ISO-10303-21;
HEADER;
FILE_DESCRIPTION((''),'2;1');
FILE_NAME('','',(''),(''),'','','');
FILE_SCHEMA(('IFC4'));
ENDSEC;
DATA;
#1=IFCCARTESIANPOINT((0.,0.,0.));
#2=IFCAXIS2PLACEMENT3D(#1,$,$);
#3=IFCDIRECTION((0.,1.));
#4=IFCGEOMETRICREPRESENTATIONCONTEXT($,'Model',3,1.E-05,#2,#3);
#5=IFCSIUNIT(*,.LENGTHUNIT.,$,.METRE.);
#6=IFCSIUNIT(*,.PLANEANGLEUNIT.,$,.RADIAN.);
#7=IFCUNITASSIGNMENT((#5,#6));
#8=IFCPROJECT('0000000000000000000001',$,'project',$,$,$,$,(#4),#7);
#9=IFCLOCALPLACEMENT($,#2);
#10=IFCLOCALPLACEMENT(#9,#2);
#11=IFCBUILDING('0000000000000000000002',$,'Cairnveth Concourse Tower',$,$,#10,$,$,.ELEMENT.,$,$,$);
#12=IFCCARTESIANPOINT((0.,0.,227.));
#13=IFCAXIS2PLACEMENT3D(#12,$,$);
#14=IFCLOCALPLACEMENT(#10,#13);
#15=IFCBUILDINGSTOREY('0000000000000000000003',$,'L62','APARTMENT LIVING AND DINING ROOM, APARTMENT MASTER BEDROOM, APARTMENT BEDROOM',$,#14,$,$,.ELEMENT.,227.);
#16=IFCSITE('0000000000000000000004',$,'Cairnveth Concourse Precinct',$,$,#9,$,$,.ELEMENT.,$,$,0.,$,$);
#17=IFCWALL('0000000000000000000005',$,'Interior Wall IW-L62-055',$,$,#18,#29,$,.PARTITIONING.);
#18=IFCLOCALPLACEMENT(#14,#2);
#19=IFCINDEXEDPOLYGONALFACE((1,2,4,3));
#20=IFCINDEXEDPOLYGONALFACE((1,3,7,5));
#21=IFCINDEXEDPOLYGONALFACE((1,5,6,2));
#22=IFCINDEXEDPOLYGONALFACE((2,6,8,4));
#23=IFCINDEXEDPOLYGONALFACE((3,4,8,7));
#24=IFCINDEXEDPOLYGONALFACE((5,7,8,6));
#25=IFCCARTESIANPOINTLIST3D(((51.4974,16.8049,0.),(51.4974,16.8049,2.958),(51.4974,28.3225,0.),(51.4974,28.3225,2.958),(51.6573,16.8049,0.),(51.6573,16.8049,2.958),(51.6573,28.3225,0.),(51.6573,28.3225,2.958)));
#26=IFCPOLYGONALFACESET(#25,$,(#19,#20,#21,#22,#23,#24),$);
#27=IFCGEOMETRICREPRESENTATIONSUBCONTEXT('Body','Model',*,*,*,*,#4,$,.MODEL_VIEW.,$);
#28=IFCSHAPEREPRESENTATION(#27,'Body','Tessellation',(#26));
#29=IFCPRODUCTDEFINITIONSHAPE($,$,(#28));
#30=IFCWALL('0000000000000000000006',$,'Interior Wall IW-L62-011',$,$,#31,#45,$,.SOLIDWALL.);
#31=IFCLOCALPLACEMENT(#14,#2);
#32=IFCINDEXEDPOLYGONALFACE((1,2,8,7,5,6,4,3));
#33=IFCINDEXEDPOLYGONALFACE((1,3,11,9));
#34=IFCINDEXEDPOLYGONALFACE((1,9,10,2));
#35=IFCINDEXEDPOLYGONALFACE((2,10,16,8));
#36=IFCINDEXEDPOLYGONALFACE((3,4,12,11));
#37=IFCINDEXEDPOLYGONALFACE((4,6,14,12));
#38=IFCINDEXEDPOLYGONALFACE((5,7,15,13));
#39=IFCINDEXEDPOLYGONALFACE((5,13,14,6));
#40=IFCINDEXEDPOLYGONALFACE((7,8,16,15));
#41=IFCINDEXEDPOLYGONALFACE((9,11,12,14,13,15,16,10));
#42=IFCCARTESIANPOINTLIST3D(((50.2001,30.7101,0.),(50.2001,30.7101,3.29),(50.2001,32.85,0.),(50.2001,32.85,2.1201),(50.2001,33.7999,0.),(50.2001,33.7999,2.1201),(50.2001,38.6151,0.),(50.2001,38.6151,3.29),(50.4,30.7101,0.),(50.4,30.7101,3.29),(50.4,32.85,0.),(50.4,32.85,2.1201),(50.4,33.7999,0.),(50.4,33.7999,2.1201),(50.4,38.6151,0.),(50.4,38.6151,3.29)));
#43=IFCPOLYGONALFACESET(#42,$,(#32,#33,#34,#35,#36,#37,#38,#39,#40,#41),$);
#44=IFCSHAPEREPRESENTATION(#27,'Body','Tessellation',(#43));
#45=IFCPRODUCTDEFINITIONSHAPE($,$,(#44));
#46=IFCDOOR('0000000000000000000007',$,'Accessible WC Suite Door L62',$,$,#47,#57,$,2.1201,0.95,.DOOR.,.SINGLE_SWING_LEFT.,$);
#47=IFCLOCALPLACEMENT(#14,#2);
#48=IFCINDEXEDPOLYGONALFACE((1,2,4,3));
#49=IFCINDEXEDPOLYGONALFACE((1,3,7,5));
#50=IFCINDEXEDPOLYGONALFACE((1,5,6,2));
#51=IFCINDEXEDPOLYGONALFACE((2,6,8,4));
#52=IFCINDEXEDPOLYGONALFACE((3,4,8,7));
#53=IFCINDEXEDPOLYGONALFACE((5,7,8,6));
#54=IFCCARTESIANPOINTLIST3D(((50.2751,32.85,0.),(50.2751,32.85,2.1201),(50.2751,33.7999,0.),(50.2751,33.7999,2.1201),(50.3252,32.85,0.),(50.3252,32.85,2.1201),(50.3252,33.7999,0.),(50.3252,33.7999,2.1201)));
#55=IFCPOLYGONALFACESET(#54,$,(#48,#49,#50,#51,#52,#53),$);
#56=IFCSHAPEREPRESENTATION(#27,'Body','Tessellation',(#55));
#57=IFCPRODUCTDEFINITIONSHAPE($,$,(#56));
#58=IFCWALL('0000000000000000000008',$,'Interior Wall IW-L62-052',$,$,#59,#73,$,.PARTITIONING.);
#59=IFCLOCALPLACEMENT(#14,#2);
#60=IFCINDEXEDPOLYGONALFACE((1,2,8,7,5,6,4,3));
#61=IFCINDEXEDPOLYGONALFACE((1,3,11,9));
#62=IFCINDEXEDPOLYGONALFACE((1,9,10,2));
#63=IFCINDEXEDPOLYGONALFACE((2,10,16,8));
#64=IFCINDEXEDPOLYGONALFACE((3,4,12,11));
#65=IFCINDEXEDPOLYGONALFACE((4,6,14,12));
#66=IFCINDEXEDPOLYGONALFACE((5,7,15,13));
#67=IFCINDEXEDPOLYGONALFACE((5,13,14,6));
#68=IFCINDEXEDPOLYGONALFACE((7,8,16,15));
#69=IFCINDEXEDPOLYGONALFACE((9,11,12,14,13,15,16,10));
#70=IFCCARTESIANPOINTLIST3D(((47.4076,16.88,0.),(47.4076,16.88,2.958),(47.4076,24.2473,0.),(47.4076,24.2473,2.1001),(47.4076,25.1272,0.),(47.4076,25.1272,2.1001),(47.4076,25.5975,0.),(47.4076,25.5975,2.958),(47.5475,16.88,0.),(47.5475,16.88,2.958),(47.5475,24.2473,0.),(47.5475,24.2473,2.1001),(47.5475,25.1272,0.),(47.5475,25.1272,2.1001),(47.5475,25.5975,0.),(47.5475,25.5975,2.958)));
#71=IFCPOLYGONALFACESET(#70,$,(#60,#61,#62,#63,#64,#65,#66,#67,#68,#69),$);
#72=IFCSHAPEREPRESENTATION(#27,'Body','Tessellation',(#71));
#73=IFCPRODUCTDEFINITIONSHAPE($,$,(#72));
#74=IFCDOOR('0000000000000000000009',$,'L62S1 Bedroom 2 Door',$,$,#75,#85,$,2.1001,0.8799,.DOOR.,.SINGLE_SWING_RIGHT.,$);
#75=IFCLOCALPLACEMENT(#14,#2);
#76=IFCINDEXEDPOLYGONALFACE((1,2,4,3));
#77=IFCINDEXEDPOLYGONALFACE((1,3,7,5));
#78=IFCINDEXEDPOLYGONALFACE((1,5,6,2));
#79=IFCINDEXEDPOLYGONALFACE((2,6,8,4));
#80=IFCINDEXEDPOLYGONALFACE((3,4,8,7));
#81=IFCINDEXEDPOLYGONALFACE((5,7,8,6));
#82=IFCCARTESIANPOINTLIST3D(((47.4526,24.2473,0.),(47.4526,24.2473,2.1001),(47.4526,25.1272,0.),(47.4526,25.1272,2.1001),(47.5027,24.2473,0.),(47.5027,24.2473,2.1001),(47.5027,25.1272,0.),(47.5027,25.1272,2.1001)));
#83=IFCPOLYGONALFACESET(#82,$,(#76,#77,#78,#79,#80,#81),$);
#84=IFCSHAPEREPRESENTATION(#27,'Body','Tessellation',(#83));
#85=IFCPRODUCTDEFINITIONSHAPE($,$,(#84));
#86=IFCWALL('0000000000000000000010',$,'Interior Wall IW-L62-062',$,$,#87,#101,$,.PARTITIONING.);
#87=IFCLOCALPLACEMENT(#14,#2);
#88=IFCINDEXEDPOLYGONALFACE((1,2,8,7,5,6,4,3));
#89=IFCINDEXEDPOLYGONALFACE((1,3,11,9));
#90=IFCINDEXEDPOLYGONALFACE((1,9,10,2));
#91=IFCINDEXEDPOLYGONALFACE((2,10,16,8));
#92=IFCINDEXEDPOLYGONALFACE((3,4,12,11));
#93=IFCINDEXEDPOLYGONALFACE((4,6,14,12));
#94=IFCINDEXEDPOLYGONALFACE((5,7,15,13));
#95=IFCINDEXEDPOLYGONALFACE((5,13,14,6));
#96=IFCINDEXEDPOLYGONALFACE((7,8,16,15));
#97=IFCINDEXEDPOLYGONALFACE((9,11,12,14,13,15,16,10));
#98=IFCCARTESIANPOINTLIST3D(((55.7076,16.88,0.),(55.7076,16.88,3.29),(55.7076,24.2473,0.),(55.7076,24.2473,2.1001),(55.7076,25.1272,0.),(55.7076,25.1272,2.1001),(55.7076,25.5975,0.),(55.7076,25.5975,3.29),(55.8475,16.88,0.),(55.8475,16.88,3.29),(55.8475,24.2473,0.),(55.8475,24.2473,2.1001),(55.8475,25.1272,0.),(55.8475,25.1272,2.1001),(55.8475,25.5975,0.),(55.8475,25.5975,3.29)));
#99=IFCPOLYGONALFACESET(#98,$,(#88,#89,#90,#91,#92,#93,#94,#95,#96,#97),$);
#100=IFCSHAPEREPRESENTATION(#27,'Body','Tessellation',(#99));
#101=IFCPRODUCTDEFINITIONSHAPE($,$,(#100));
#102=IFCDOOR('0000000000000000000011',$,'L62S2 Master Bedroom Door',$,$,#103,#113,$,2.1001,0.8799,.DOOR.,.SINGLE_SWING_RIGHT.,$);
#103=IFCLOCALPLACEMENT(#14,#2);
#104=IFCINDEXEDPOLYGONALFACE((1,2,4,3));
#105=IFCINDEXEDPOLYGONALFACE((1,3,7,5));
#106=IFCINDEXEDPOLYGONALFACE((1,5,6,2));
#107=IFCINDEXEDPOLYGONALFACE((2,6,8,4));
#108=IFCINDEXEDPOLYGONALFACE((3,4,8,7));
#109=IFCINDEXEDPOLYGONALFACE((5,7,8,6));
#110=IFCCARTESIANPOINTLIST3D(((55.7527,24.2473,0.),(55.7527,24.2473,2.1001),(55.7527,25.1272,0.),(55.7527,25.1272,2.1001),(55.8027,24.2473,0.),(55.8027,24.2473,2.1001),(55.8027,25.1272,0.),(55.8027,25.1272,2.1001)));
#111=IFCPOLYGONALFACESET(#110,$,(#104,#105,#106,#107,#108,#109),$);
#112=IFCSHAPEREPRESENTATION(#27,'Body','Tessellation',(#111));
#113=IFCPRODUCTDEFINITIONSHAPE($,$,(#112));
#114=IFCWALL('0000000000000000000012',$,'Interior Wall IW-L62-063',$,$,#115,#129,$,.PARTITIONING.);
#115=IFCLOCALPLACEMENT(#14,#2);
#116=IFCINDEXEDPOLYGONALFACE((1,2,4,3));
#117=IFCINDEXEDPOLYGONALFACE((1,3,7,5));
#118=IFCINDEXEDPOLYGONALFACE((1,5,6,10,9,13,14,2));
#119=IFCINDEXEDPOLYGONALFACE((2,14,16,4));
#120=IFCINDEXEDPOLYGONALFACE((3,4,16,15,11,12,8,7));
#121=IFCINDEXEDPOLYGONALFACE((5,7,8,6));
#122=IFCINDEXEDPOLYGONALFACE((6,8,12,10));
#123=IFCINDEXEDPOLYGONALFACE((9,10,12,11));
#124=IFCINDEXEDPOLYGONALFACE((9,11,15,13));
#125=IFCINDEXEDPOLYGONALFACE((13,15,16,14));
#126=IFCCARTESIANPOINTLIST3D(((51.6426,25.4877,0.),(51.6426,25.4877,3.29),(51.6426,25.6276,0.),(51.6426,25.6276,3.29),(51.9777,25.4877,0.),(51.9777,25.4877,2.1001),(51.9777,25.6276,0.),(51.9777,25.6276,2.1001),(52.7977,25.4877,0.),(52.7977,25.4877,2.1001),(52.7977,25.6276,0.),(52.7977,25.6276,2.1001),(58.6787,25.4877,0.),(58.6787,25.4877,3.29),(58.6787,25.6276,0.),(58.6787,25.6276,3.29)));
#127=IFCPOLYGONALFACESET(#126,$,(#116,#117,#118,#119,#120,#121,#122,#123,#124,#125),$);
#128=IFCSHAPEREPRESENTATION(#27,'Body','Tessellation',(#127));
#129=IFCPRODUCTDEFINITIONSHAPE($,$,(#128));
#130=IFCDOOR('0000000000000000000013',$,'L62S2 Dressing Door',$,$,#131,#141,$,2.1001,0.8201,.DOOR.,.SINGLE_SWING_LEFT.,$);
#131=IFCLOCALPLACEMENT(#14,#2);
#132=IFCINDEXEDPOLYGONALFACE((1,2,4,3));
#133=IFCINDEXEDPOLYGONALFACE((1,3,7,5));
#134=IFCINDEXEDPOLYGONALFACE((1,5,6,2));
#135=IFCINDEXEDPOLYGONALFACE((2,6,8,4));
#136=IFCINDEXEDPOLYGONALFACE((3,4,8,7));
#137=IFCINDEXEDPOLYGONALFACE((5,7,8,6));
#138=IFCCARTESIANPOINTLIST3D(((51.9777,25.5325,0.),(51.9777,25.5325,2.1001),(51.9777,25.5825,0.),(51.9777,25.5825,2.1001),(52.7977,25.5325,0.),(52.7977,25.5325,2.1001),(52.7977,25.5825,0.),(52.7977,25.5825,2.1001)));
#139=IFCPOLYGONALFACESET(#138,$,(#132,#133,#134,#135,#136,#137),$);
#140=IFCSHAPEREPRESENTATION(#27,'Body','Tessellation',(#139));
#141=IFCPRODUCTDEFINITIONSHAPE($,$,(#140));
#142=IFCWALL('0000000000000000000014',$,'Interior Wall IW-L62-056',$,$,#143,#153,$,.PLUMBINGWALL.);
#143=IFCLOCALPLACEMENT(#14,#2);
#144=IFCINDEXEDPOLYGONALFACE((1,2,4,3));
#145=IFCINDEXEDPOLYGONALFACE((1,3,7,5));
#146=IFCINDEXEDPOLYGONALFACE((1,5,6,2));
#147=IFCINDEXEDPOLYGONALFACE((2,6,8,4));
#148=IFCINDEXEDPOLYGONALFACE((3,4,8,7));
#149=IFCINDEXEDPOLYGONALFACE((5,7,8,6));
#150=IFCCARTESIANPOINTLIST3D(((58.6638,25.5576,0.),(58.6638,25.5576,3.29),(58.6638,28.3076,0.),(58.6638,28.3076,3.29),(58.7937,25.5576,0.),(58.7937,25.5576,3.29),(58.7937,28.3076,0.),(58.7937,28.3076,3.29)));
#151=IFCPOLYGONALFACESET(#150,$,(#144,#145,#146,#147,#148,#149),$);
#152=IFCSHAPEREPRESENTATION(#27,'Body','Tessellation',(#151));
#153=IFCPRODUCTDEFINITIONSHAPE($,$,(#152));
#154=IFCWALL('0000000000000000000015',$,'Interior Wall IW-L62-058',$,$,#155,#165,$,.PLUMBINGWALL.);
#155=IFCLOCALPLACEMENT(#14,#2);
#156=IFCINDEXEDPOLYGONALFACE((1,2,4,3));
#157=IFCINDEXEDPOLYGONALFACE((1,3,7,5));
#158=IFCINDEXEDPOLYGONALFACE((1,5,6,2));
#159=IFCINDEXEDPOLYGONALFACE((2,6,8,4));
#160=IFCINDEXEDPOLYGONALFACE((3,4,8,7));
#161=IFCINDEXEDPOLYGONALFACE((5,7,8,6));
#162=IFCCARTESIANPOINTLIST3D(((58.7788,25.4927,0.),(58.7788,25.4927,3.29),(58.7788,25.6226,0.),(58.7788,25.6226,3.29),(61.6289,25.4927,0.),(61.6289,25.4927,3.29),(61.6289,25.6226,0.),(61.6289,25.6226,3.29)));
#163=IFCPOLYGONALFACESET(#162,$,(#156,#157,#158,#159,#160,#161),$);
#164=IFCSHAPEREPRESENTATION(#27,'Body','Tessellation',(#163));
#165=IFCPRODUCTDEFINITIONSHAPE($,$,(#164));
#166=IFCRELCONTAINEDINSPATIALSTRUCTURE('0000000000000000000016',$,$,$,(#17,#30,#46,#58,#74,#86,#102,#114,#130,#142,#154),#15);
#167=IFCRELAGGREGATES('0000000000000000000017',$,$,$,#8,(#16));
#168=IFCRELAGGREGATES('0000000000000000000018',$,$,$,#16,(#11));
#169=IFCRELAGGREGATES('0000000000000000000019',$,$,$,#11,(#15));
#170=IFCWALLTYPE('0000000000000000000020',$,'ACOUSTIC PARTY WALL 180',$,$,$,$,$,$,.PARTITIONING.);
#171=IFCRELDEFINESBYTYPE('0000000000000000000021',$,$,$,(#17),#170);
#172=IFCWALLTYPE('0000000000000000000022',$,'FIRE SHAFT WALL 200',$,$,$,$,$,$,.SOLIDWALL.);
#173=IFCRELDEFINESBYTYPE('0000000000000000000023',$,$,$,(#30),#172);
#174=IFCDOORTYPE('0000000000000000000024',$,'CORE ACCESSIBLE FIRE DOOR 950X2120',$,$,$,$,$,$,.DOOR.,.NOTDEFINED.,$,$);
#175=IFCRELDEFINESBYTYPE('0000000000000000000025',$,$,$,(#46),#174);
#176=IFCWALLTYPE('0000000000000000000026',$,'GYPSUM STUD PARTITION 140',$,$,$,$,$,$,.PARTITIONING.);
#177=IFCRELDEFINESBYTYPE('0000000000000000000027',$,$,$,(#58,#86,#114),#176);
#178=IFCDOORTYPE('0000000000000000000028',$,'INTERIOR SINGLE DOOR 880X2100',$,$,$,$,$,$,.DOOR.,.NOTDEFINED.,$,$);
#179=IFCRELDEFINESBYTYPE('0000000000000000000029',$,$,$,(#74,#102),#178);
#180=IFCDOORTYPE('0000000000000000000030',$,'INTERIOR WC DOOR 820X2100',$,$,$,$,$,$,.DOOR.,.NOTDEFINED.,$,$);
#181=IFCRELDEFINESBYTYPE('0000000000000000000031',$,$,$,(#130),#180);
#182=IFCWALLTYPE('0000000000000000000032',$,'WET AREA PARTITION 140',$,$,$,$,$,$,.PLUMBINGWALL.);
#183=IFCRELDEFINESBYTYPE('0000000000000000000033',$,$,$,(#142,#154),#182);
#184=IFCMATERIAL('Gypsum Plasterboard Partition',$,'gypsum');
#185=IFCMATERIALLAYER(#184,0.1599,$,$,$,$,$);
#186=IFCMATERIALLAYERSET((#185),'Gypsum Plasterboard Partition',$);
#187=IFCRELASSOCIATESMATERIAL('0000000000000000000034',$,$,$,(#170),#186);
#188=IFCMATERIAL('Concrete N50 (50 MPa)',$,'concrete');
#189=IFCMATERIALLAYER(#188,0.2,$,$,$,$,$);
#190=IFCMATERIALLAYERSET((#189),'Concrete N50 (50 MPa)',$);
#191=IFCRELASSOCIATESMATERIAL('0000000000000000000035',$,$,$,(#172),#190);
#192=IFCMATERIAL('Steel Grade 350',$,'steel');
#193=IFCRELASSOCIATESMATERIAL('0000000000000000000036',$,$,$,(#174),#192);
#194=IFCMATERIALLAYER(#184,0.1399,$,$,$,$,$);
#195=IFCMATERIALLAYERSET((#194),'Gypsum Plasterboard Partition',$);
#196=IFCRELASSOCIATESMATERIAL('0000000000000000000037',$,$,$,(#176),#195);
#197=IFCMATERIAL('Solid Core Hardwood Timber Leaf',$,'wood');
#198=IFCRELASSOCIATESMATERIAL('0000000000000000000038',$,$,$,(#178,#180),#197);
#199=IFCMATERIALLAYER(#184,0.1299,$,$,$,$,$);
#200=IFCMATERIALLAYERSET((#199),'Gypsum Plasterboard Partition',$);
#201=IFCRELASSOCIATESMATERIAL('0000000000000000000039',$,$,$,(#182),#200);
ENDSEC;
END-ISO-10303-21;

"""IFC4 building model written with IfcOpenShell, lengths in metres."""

from ifc_helpers import new_model, si_unit, direction, frame, frame_2d, origin, place, context, subcontext, project, spatial, rectangle, extrude, material, layer, layer_set, type_object, element, fill, save


model = new_model("IFC4")

# Units and contexts
model_context = context("Model", 3, precision=1e-05, world=origin(), true_north=direction((0.0, 1.0)))
body_context = subcontext(model_context, "Body", "Model", "MODEL_VIEW")
ifc_project = project(units=[si_unit("LENGTHUNIT", "METRE"), si_unit("PLANEANGLEUNIT", "RADIAN")], contexts=[model_context])

# Site, building, storey
site_placement = place(None, origin())
site = spatial("IfcSite", under=ifc_project, at=site_placement, Name="Cairnveth Concourse Precinct", CompositionType="ELEMENT", RefElevation=0.0)
building_placement = place(site_placement, origin())
building = spatial("IfcBuilding", under=site, at=building_placement, Name="Cairnveth Concourse Tower", CompositionType="ELEMENT")
storey_placement = place(building_placement, frame((0.0, 0.0, 227.0)))
storey = spatial("IfcBuildingStorey", under=building, at=storey_placement, Name="L62", Description="APARTMENT LIVING AND DINING ROOM, APARTMENT MASTER BEDROOM, APARTMENT BEDROOM", CompositionType="ELEMENT", Elevation=227.0)

# Shared definitions
ifc_material_1 = material(Name="Steel Grade 350", Category="steel")

# Shared definitions
ifc_material_2 = material(Name="Gypsum Plasterboard Partition", Category="gypsum")
ifc_layer_1 = layer(ifc_material_2, 0.1599)
ifc_layer_set_1 = layer_set([ifc_layer_1], Name="Gypsum Plasterboard Partition")
wall_type_1 = type_object("IfcWallType", Name="ACOUSTIC PARTY WALL 180", PredefinedType="PARTITIONING", material=ifc_layer_set_1)

# Wall
wall_1_placement = place(storey_placement, frame((51.5774, 16.8049, 0.0), z_axis=(0.0, 0.0, 1.0), x_axis=(0.0, 1.0, 0.0)))
element("IfcWall", 1, at=wall_1_placement, inside=storey, type_object=wall_type_1, Name="Interior Wall IW-L62-055", PredefinedType="PARTITIONING", context=body_context, shape_type="SweptSolid", body=[
    extrude(rectangle(XDim=11.5176, YDim=0.1599, at=frame_2d((5.7588, 0.0))), origin(), (0.0, 0.0, 1.0), 2.958),
])

# Walls, openings, doors
ifc_material_3 = material(Name="Concrete N50 (50 MPa)", Category="concrete")
ifc_layer_2 = layer(ifc_material_3, 0.2)
ifc_layer_set_2 = layer_set([ifc_layer_2], Name="Concrete N50 (50 MPa)")
wall_type_2 = type_object("IfcWallType", Name="FIRE SHAFT WALL 200", PredefinedType="SOLIDWALL", material=ifc_layer_set_2)
wall_2_placement = place(storey_placement, frame((50.3, 30.71, 0.0), z_axis=(0.0, 0.0, 1.0), x_axis=(0.0, 1.0, 0.0)))
wall_2 = element("IfcWall", 2, at=wall_2_placement, inside=storey, type_object=wall_type_2, Name="Interior Wall IW-L62-011", PredefinedType="SOLIDWALL", context=body_context, shape_type="SweptSolid", body=[
    extrude(rectangle(XDim=7.905, YDim=0.2, at=frame_2d((3.9526, 0.0))), origin(), (0.0, 0.0, 1.0), 3.29),
])
opening_1_placement = place(wall_2_placement, frame((2.1399, 0.0, 0.0)))
opening_1 = element("IfcOpeningElement", 3, at=opening_1_placement, cuts=wall_2, PredefinedType="OPENING", context=body_context, shape_type="SweptSolid", body=[
    extrude(rectangle(XDim=0.95, YDim=2.1201, at=frame_2d((0.4751, 1.0601))), frame((0.0, 0.1099, 0.0), z_axis=(0.0, -1.0, 0.0), x_axis=(1.0, 0.0, 0.0)), (0.0, 0.0, 1.0), 0.22),
])
door_type_1 = type_object("IfcDoorType", Name="CORE ACCESSIBLE FIRE DOOR 950X2120", OperationType="NOTDEFINED", PredefinedType="DOOR", material=ifc_material_1)
door_1_placement = place(opening_1_placement, origin())
door_1 = element("IfcDoor", 4, at=door_1_placement, inside=storey, type_object=door_type_1, Name="Accessible WC Suite Door L62", OperationType="SINGLE_SWING_LEFT", OverallHeight=2.1201, OverallWidth=0.95, PredefinedType="DOOR", context=body_context, shape_type="SweptSolid", body=[
    extrude(rectangle(XDim=0.95, YDim=2.1201, at=frame_2d((0.4751, 1.0601))), frame((0.0, 0.0249, 0.0), z_axis=(0.0, -1.0, 0.0), x_axis=(1.0, 0.0, 0.0)), (0.0, 0.0, 1.0), 0.05),
])
fill(opening_1, door_1)
ifc_layer_3 = layer(ifc_material_2, 0.1399)
ifc_layer_set_3 = layer_set([ifc_layer_3], Name="Gypsum Plasterboard Partition")
wall_type_3 = type_object("IfcWallType", Name="GYPSUM STUD PARTITION 140", PredefinedType="PARTITIONING", material=ifc_layer_set_3)
wall_3_placement = place(storey_placement, frame((47.4775, 16.8799, 0.0), z_axis=(0.0, 0.0, 1.0), x_axis=(0.0, 1.0, 0.0)))
wall_3 = element("IfcWall", 5, at=wall_3_placement, inside=storey, type_object=wall_type_3, Name="Interior Wall IW-L62-052", PredefinedType="PARTITIONING", context=body_context, shape_type="SweptSolid", body=[
    extrude(rectangle(XDim=8.7175, YDim=0.1399, at=frame_2d((4.3589, 0.0))), origin(), (0.0, 0.0, 1.0), 2.958),
])
opening_2_placement = place(wall_3_placement, frame((7.3674, 0.0, 0.0)))
opening_2 = element("IfcOpeningElement", 6, at=opening_2_placement, cuts=wall_3, PredefinedType="OPENING", context=body_context, shape_type="SweptSolid", body=[
    extrude(rectangle(XDim=0.8799, YDim=2.1001, at=frame_2d((0.4399, 1.05))), frame((0.0, 0.0798, 0.0), z_axis=(0.0, -1.0, 0.0), x_axis=(1.0, 0.0, 0.0)), (0.0, 0.0, 1.0), 0.1599),
])
ifc_material_4 = material(Name="Solid Core Hardwood Timber Leaf", Category="wood")
door_type_2 = type_object("IfcDoorType", Name="INTERIOR SINGLE DOOR 880X2100", OperationType="NOTDEFINED", PredefinedType="DOOR", material=ifc_material_4)
door_2_placement = place(opening_2_placement, origin())
door_2 = element("IfcDoor", 7, at=door_2_placement, inside=storey, type_object=door_type_2, Name="L62S1 Bedroom 2 Door", OperationType="SINGLE_SWING_RIGHT", OverallHeight=2.1001, OverallWidth=0.8799, PredefinedType="DOOR", context=body_context, shape_type="SweptSolid", body=[
    extrude(rectangle(XDim=0.8799, YDim=2.1001, at=frame_2d((0.4399, 1.05))), frame((0.0, 0.0249, 0.0), z_axis=(0.0, -1.0, 0.0), x_axis=(1.0, 0.0, 0.0)), (0.0, 0.0, 1.0), 0.05),
])
fill(opening_2, door_2)
wall_4_placement = place(storey_placement, frame((55.7776, 16.8799, 0.0), z_axis=(0.0, 0.0, 1.0), x_axis=(0.0, 1.0, 0.0)))
wall_4 = element("IfcWall", 8, at=wall_4_placement, inside=storey, type_object=wall_type_3, Name="Interior Wall IW-L62-062", PredefinedType="PARTITIONING", context=body_context, shape_type="SweptSolid", body=[
    extrude(rectangle(XDim=8.7175, YDim=0.1399, at=frame_2d((4.3589, 0.0))), origin(), (0.0, 0.0, 1.0), 3.29),
])
opening_3_placement = place(wall_4_placement, frame((7.3674, 0.0, 0.0)))
opening_3 = element("IfcOpeningElement", 9, at=opening_3_placement, cuts=wall_4, PredefinedType="OPENING", context=body_context, shape_type="SweptSolid", body=[
    extrude(rectangle(XDim=0.8799, YDim=2.1001, at=frame_2d((0.4399, 1.05))), frame((0.0, 0.0798, 0.0), z_axis=(0.0, -1.0, 0.0), x_axis=(1.0, 0.0, 0.0)), (0.0, 0.0, 1.0), 0.1599),
])
door_3_placement = place(opening_3_placement, origin())
door_3 = element("IfcDoor", 10, at=door_3_placement, inside=storey, type_object=door_type_2, Name="L62S2 Master Bedroom Door", OperationType="SINGLE_SWING_RIGHT", OverallHeight=2.1001, OverallWidth=0.8799, PredefinedType="DOOR", context=body_context, shape_type="SweptSolid", body=[
    extrude(rectangle(XDim=0.8799, YDim=2.1001, at=frame_2d((0.4399, 1.05))), frame((0.0, 0.0249, 0.0), z_axis=(0.0, -1.0, 0.0), x_axis=(1.0, 0.0, 0.0)), (0.0, 0.0, 1.0), 0.05),
])
fill(opening_3, door_3)
wall_5_placement = place(storey_placement, frame((51.6426, 25.5576, 0.0), z_axis=(0.0, 0.0, 1.0), x_axis=(1.0, 0.0, 0.0)))
wall_5 = element("IfcWall", 11, at=wall_5_placement, inside=storey, type_object=wall_type_3, Name="Interior Wall IW-L62-063", PredefinedType="PARTITIONING", context=body_context, shape_type="SweptSolid", body=[
    extrude(rectangle(XDim=7.0361, YDim=0.1399, at=frame_2d((3.5181, 0.0))), origin(), (0.0, 0.0, 1.0), 3.29),
])
opening_4_placement = place(wall_5_placement, frame((0.335, 0.0, 0.0)))
opening_4 = element("IfcOpeningElement", 12, at=opening_4_placement, cuts=wall_5, PredefinedType="OPENING", context=body_context, shape_type="SweptSolid", body=[
    extrude(rectangle(XDim=0.8201, YDim=2.1001, at=frame_2d((0.4102, 1.05))), frame((0.0, 0.0798, 0.0), z_axis=(0.0, -1.0, 0.0), x_axis=(1.0, 0.0, 0.0)), (0.0, 0.0, 1.0), 0.1599),
])
door_type_3 = type_object("IfcDoorType", Name="INTERIOR WC DOOR 820X2100", OperationType="NOTDEFINED", PredefinedType="DOOR", material=ifc_material_4)
door_4_placement = place(opening_4_placement, origin())
door_4 = element("IfcDoor", 13, at=door_4_placement, inside=storey, type_object=door_type_3, Name="L62S2 Dressing Door", OperationType="SINGLE_SWING_LEFT", OverallHeight=2.1001, OverallWidth=0.8201, PredefinedType="DOOR", context=body_context, shape_type="SweptSolid", body=[
    extrude(rectangle(XDim=0.8201, YDim=2.1001, at=frame_2d((0.4102, 1.05))), frame((0.0, 0.0249, 0.0), z_axis=(0.0, -1.0, 0.0), x_axis=(1.0, 0.0, 0.0)), (0.0, 0.0, 1.0), 0.05),
])
fill(opening_4, door_4)

# Walls
ifc_layer_4 = layer(ifc_material_2, 0.1299)
ifc_layer_set_4 = layer_set([ifc_layer_4], Name="Gypsum Plasterboard Partition")
wall_type_4 = type_object("IfcWallType", Name="WET AREA PARTITION 140", PredefinedType="PLUMBINGWALL", material=ifc_layer_set_4)
wall_6_placement = place(storey_placement, frame((58.7288, 25.5576, 0.0), z_axis=(0.0, 0.0, 1.0), x_axis=(0.0, 1.0, 0.0)))
element("IfcWall", 14, at=wall_6_placement, inside=storey, type_object=wall_type_4, Name="Interior Wall IW-L62-056", PredefinedType="PLUMBINGWALL", context=body_context, shape_type="SweptSolid", body=[
    extrude(rectangle(XDim=2.75, YDim=0.1299, at=frame_2d((1.375, 0.0))), origin(), (0.0, 0.0, 1.0), 3.29),
])
wall_7_placement = place(storey_placement, frame((58.7788, 25.5576, 0.0), z_axis=(0.0, 0.0, 1.0), x_axis=(1.0, 0.0, 0.0)))
element("IfcWall", 15, at=wall_7_placement, inside=storey, type_object=wall_type_4, Name="Interior Wall IW-L62-058", PredefinedType="PLUMBINGWALL", context=body_context, shape_type="SweptSolid", body=[
    extrude(rectangle(XDim=2.8501, YDim=0.1299, at=frame_2d((1.425, 0.0))), origin(), (0.0, 0.0, 1.0), 3.29),
])

save(model, "model.ifc")
